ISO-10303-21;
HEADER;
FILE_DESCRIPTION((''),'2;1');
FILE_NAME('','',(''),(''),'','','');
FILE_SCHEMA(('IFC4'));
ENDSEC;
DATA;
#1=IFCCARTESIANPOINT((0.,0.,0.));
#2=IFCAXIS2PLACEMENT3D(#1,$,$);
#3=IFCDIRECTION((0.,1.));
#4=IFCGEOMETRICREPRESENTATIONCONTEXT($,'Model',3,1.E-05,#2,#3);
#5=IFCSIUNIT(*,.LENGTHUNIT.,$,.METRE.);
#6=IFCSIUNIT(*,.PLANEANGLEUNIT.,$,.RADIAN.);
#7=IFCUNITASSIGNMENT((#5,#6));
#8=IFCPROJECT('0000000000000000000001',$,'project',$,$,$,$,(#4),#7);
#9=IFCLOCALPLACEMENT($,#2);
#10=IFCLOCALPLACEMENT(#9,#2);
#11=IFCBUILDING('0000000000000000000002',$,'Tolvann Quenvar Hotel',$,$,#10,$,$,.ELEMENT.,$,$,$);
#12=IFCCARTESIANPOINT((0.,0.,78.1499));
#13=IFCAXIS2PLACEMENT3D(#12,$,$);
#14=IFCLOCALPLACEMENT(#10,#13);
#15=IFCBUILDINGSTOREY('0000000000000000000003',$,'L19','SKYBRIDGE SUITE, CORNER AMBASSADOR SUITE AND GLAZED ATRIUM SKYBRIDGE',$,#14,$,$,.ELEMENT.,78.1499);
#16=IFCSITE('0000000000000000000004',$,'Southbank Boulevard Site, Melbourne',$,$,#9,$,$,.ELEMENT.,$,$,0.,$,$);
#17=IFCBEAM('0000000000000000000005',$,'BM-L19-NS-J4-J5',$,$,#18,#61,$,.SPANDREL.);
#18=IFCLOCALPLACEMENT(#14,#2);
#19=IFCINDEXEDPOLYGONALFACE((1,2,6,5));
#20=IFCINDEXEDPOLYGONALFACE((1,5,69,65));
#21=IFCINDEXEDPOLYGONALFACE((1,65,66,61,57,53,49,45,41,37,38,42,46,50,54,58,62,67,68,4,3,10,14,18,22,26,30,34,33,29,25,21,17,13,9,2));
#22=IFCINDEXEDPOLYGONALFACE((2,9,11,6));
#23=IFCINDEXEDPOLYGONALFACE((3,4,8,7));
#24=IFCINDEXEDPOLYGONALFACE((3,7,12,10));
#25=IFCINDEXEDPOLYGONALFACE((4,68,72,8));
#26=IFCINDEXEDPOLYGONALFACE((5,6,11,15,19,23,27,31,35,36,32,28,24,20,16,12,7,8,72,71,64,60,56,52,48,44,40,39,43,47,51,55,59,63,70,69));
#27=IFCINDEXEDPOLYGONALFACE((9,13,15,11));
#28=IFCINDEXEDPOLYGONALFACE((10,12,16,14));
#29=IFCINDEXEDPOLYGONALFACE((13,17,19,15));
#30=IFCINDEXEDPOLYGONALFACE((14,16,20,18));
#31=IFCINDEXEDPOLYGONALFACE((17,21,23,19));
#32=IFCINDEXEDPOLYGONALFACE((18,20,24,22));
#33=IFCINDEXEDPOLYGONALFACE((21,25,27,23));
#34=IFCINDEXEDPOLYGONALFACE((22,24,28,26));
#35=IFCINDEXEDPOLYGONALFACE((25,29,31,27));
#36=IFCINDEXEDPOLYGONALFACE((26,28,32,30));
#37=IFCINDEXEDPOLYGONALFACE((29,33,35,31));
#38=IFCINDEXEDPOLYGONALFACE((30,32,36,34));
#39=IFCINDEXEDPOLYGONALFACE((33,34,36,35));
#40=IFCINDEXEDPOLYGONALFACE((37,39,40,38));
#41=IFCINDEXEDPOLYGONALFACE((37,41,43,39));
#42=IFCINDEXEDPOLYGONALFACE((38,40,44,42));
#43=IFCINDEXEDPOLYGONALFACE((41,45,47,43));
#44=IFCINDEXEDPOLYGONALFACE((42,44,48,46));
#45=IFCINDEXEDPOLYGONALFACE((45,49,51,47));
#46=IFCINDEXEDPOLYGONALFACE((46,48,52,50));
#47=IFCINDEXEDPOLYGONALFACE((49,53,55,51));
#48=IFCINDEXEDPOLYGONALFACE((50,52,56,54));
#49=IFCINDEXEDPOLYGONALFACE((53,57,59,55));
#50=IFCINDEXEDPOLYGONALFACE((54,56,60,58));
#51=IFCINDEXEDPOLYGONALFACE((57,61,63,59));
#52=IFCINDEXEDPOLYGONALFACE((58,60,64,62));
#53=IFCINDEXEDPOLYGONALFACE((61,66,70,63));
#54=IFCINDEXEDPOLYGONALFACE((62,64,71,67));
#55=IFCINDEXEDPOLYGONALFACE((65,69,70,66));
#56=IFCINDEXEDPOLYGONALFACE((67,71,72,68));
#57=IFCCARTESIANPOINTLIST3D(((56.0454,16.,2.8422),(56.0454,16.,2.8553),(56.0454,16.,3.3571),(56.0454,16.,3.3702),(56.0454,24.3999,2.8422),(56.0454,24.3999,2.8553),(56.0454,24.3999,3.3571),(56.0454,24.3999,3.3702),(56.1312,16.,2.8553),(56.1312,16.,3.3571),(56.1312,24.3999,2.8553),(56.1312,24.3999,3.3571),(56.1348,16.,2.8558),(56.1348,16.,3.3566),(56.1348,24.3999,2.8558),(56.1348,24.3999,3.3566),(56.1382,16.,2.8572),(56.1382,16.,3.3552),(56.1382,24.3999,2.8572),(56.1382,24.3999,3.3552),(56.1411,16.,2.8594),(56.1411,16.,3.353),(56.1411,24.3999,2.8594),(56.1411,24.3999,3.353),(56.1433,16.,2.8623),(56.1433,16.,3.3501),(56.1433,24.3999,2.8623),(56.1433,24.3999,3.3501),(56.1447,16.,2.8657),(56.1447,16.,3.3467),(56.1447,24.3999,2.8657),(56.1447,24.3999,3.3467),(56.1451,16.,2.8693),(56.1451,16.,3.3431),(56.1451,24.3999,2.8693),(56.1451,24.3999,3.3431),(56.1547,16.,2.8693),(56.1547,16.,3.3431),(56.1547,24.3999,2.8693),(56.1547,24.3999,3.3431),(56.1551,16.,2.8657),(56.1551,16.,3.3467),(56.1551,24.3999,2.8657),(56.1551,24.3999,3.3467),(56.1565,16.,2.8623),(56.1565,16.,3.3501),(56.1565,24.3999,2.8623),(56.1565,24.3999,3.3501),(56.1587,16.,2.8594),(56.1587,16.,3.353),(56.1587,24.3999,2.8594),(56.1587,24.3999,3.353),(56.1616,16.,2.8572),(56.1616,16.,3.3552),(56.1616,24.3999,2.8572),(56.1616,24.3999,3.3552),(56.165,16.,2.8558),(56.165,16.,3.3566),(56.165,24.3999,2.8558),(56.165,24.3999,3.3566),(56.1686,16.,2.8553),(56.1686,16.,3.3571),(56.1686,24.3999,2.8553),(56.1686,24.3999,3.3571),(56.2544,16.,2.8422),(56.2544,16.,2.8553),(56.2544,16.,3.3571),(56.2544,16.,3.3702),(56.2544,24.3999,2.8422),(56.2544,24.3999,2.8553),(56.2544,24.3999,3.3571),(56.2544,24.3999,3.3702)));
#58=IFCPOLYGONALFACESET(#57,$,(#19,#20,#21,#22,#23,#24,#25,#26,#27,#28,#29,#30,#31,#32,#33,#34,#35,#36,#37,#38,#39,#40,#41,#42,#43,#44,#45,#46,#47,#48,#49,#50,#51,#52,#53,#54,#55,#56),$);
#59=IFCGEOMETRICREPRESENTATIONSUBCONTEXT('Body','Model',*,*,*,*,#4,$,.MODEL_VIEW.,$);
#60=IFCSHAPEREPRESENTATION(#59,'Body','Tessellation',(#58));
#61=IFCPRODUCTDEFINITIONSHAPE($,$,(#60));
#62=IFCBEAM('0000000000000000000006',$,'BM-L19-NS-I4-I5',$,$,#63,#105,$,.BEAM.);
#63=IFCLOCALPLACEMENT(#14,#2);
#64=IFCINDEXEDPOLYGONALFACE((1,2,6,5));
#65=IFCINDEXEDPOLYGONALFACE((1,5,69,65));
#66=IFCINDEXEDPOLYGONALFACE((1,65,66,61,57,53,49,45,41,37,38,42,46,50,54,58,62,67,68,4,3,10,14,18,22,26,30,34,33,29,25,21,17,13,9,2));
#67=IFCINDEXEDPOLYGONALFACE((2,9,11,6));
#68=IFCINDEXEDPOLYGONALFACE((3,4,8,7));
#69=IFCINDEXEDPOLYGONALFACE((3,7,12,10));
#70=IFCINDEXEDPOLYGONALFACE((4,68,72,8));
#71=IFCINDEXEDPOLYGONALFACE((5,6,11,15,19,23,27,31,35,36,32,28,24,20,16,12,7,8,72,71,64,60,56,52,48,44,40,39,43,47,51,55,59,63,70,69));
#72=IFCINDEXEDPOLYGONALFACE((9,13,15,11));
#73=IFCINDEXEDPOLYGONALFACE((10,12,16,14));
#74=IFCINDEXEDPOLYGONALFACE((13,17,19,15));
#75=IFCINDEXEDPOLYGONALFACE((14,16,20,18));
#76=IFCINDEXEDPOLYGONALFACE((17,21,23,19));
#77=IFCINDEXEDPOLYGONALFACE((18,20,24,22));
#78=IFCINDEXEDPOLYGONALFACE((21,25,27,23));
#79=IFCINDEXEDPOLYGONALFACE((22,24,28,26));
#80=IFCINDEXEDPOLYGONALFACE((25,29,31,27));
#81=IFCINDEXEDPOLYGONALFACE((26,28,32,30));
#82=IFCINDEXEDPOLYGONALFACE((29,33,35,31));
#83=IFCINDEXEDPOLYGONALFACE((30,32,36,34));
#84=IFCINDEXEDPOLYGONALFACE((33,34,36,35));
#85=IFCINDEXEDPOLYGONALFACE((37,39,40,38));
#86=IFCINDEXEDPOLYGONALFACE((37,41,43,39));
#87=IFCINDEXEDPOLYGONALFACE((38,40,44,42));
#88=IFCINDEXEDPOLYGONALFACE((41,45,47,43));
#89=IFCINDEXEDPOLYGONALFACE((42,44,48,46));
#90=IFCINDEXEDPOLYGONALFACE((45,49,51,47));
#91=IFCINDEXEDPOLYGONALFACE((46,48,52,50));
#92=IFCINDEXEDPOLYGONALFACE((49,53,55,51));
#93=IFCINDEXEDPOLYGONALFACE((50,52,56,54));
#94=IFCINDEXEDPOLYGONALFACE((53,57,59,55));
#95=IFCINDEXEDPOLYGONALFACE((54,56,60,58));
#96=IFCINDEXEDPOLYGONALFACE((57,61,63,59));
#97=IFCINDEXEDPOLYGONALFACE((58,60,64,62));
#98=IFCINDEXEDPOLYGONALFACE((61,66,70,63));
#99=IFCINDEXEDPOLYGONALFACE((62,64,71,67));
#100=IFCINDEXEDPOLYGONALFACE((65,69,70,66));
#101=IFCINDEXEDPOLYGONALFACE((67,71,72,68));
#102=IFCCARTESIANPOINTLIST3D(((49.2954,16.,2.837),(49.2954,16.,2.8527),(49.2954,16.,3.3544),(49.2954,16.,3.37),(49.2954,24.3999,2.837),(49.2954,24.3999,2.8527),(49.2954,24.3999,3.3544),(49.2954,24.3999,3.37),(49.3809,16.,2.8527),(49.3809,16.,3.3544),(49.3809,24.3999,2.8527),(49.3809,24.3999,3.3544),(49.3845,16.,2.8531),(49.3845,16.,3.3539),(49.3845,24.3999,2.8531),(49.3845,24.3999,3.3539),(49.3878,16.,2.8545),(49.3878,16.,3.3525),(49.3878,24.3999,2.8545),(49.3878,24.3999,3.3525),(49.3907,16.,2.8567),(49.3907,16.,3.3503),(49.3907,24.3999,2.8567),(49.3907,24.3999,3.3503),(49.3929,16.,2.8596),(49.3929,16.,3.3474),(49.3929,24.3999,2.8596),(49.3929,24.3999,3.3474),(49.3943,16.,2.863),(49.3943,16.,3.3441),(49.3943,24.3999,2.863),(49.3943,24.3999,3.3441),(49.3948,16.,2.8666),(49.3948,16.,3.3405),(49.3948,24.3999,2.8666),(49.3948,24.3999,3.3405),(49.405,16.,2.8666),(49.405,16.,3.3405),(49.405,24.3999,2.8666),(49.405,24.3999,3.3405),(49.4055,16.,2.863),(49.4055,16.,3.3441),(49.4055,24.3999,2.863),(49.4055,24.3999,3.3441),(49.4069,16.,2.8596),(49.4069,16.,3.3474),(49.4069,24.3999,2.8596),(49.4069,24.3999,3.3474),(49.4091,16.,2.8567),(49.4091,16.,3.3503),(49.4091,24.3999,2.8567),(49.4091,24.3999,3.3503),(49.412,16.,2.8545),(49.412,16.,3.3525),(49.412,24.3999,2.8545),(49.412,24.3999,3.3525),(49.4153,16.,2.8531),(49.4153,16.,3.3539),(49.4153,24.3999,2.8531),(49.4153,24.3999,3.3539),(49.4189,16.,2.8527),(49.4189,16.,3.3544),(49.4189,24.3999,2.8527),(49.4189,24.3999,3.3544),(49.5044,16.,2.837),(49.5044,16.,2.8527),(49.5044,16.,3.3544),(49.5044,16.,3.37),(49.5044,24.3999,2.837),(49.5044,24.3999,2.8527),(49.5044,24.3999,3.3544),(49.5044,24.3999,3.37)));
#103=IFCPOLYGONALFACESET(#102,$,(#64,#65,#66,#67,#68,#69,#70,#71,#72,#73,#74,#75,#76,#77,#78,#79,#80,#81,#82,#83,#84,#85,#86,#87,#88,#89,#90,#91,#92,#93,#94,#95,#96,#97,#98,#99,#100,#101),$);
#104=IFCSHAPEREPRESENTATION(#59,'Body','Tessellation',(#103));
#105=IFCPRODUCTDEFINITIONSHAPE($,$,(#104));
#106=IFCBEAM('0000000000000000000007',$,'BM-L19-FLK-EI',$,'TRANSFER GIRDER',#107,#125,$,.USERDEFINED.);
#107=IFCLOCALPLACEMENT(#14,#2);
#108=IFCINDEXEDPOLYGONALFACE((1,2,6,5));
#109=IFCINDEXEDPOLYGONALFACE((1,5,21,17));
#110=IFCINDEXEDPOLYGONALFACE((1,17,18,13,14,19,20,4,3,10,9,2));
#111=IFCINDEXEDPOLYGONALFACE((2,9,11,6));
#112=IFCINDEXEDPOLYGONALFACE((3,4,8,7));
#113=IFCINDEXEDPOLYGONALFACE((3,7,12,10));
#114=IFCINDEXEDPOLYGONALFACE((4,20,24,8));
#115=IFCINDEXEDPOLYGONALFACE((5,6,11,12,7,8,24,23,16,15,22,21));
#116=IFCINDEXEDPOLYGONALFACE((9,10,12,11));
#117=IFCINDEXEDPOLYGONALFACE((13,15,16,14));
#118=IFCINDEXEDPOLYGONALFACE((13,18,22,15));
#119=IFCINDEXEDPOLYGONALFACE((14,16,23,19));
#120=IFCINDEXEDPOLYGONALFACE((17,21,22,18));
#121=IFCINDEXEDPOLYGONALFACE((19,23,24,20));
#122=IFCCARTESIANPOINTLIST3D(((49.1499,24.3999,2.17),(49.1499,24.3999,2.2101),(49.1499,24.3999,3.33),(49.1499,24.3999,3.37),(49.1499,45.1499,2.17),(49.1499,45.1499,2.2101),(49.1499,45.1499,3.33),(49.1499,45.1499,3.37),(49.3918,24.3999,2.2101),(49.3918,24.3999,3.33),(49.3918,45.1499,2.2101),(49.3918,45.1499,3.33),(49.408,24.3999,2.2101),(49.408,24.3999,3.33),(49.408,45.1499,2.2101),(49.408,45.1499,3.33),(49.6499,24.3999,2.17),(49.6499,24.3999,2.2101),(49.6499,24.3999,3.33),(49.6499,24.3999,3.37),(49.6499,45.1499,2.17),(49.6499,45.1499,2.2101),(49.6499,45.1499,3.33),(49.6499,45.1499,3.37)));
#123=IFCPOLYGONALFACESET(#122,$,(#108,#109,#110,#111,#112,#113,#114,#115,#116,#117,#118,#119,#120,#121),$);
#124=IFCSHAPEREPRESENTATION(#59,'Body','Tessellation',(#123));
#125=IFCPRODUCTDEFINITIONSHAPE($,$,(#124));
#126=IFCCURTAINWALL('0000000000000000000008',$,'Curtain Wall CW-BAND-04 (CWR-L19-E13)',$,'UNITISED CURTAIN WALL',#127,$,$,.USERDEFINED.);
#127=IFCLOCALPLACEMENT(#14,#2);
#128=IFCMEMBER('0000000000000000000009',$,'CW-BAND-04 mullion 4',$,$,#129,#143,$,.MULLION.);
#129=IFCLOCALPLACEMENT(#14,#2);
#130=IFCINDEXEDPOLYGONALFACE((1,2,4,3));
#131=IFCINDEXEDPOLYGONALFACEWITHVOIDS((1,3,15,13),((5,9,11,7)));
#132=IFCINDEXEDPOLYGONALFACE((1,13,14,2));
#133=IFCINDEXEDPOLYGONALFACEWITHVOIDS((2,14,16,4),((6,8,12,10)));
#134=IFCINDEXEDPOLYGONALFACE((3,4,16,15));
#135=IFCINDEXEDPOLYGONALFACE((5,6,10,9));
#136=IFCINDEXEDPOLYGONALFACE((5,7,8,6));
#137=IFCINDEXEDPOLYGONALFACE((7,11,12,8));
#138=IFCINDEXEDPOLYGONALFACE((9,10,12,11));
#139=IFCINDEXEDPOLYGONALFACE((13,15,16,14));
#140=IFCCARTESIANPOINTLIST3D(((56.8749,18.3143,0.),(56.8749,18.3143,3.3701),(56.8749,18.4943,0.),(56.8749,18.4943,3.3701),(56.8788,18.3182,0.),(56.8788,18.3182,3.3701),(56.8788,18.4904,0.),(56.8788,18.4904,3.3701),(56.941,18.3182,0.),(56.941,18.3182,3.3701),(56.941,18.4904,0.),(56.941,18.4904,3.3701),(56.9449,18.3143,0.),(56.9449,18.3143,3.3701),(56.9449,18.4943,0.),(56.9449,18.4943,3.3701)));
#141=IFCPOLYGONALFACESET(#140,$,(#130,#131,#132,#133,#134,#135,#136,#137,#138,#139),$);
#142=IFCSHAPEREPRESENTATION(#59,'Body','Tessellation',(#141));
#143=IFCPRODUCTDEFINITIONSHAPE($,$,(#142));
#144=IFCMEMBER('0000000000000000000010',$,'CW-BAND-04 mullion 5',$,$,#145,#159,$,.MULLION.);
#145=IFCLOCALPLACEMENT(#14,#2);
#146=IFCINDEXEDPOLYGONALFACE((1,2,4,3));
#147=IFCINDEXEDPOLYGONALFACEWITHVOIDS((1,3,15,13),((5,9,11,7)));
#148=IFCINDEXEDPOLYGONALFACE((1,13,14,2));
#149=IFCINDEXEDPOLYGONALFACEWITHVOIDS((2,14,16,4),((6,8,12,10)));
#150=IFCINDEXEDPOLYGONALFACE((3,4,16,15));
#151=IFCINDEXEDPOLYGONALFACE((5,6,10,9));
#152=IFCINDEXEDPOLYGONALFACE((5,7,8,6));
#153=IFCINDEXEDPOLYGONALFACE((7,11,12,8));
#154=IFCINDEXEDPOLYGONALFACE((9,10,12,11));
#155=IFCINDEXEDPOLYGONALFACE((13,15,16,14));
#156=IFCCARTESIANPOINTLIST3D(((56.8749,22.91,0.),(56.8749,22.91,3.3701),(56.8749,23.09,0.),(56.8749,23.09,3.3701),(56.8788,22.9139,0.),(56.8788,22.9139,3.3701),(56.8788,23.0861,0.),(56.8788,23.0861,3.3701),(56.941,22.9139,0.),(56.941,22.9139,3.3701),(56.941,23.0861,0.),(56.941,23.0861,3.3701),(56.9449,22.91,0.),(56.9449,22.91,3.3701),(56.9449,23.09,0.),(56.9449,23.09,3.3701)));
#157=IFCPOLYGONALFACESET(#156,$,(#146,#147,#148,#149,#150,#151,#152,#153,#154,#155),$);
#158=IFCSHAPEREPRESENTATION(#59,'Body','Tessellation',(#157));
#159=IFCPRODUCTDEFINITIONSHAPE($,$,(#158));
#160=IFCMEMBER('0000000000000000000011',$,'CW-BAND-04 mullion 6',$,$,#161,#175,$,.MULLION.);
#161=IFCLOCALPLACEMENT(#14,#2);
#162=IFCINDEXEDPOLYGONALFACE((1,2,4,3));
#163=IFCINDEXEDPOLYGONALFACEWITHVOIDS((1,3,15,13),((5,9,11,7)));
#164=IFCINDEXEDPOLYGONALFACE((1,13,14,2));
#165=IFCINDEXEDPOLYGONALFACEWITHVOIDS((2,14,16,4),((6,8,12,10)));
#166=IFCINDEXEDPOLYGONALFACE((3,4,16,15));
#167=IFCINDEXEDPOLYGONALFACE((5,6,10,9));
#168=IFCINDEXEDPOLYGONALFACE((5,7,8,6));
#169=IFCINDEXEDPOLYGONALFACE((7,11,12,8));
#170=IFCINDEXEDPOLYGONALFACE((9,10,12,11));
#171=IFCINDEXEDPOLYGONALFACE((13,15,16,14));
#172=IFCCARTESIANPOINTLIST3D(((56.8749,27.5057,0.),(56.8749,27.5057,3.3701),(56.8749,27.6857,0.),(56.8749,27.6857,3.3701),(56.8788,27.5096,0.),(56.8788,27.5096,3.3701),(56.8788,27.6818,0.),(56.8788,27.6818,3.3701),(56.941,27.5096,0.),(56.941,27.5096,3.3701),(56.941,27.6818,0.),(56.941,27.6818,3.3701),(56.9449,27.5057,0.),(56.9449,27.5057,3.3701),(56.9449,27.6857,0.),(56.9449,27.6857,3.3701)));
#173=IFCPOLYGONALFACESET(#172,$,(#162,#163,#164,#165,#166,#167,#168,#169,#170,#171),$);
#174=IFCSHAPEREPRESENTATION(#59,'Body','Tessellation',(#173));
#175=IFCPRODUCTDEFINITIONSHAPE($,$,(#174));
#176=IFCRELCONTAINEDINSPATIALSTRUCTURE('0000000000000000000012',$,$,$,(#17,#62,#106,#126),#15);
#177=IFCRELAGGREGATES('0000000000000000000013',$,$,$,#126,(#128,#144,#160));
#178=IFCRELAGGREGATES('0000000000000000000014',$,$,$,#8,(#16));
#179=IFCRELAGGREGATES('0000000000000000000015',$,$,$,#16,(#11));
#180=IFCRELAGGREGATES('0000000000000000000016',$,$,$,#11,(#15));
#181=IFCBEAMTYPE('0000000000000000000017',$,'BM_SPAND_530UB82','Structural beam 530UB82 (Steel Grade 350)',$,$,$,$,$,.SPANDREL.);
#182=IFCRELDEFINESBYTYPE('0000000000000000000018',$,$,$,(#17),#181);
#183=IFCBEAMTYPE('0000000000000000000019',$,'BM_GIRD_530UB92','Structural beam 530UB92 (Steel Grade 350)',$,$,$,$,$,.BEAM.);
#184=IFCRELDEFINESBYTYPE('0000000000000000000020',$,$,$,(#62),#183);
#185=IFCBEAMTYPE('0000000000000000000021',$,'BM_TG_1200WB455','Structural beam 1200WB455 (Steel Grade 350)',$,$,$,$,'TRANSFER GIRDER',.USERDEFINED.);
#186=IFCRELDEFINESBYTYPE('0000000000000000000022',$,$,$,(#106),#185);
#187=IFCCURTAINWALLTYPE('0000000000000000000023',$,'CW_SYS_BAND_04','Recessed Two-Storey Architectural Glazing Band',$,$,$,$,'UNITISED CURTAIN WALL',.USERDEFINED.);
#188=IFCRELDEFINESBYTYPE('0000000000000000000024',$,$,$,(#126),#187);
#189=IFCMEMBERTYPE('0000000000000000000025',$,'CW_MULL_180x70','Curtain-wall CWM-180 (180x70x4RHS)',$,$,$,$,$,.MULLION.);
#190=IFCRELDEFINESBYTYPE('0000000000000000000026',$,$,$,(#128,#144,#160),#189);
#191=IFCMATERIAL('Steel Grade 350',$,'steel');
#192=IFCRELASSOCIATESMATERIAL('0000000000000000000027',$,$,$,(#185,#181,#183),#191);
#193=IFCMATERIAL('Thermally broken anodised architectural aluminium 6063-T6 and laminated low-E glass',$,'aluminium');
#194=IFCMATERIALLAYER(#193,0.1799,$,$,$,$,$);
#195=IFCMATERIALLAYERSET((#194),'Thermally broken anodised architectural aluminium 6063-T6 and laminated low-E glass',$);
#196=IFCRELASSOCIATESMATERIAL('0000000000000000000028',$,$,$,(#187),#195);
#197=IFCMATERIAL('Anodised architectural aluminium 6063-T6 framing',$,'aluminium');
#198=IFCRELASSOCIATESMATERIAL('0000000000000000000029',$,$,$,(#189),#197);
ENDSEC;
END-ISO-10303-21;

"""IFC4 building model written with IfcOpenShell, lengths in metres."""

from ifc_helpers import new_model, si_unit, direction, frame, origin, origin_2d, place, context, subcontext, project, spatial, hollow_rectangle, i_section, extrude, source, transform, mapped, material, layer, layer_set, material_profile, profile_set, type_object, type_shapes, element, aggregate, save


model = new_model("IFC4")

# Units and contexts
model_context = context("Model", 3, precision=1e-05, world=origin(), true_north=direction((0.0, 1.0)))
body_context = subcontext(model_context, "Body", "Model", "MODEL_VIEW")
ifc_project = project(units=[si_unit("LENGTHUNIT", "METRE"), si_unit("PLANEANGLEUNIT", "RADIAN")], contexts=[model_context])

# Site, building, storey
site_placement = place(None, origin())
site = spatial("IfcSite", under=ifc_project, at=site_placement, Name="Southbank Boulevard Site, Melbourne", CompositionType="ELEMENT", RefElevation=0.0)
building_placement = place(site_placement, origin())
building = spatial("IfcBuilding", under=site, at=building_placement, Name="Tolvann Quenvar Hotel", CompositionType="ELEMENT")
storey_placement = place(building_placement, frame((0.0, 0.0, 78.1499)))
storey = spatial("IfcBuildingStorey", under=building, at=storey_placement, Name="L19", Description="SKYBRIDGE SUITE, CORNER AMBASSADOR SUITE AND GLAZED ATRIUM SKYBRIDGE", CompositionType="ELEMENT", Elevation=78.1499)

# Shared definitions
ifc_material_1 = material(Name="Steel Grade 350", Category="steel")

# Beams
ifc_material_profile_1 = material_profile(ifc_material_1, i_section(OverallWidth=0.5, OverallDepth=1.2, WebThickness=0.0161, FlangeThickness=0.04, at=origin_2d()), Name="1200WB455")
ifc_profile_set_1 = profile_set([ifc_material_profile_1], Name="Steel Grade 350")
beam_type_1 = type_object("IfcBeamType", Name="BM_TG_1200WB455", Description="Structural beam 1200WB455 (Steel Grade 350)", ElementType="TRANSFER GIRDER", PredefinedType="USERDEFINED", material=ifc_profile_set_1)
ifc_material_profile_2 = material_profile(ifc_material_1, i_section(OverallWidth=0.209, OverallDepth=0.5281, WebThickness=0.0095, FlangeThickness=0.0132, FilletRadius=0.0139, at=origin_2d()), Name="530UB82")
ifc_profile_set_2 = profile_set([ifc_material_profile_2], Name="Steel Grade 350")
beam_type_2 = type_object("IfcBeamType", Name="BM_SPAND_530UB82", Description="Structural beam 530UB82 (Steel Grade 350)", PredefinedType="SPANDREL", material=ifc_profile_set_2)
shared_shape_1 = source(origin(), body_context, "Body", "SweptSolid", [
    extrude(i_section(OverallWidth=0.209, OverallDepth=0.5281, WebThickness=0.0095, FlangeThickness=0.0132, FilletRadius=0.0139, at=origin_2d()), origin(), (0.0, 0.0, 1.0), 8.3999),
])
type_shapes(beam_type_2, [shared_shape_1])
beam_1_placement = place(storey_placement, frame((56.1499, 16.0, 3.1062), z_axis=(0.0, 1.0, 0.0), x_axis=(-1.0, 0.0, 0.0)))
element("IfcBeam", 1, at=beam_1_placement, inside=storey, type_object=beam_type_2, Name="BM-L19-NS-J4-J5", PredefinedType="SPANDREL", context=body_context, shape_type="MappedRepresentation", body=[
    mapped(shared_shape_1, transform((0.0, 0.0, 0.0), x_axis=(1.0, 0.0, 0.0), y_axis=(0.0, 1.0, 0.0), z_axis=(0.0, 0.0, 1.0), scale=1.0)),
])
ifc_material_profile_3 = material_profile(ifc_material_1, i_section(OverallWidth=0.209, OverallDepth=0.533, WebThickness=0.0103, FlangeThickness=0.0156, FilletRadius=0.0139, at=origin_2d()), Name="530UB92")
ifc_profile_set_3 = profile_set([ifc_material_profile_3], Name="Steel Grade 350")
beam_type_3 = type_object("IfcBeamType", Name="BM_GIRD_530UB92", Description="Structural beam 530UB92 (Steel Grade 350)", PredefinedType="BEAM", material=ifc_profile_set_3)
shared_shape_2 = source(origin(), body_context, "Body", "SweptSolid", [
    extrude(i_section(OverallWidth=0.209, OverallDepth=0.533, WebThickness=0.0103, FlangeThickness=0.0156, FilletRadius=0.0139, at=origin_2d()), origin(), (0.0, 0.0, 1.0), 8.3999),
])
type_shapes(beam_type_3, [shared_shape_2])
beam_2_placement = place(storey_placement, frame((49.3999, 16.0, 3.1035), z_axis=(0.0, 1.0, 0.0), x_axis=(-1.0, 0.0, 0.0)))
element("IfcBeam", 2, at=beam_2_placement, inside=storey, type_object=beam_type_3, Name="BM-L19-NS-I4-I5", PredefinedType="BEAM", context=body_context, shape_type="MappedRepresentation", body=[
    mapped(shared_shape_2, transform((0.0, 0.0, 0.0), x_axis=(1.0, 0.0, 0.0), y_axis=(0.0, 1.0, 0.0), z_axis=(0.0, 0.0, 1.0), scale=1.0)),
])
shared_shape_3 = source(origin(), body_context, "Body", "SweptSolid", [
    extrude(i_section(OverallWidth=0.5, OverallDepth=1.2, WebThickness=0.0161, FlangeThickness=0.04, at=origin_2d()), origin(), (0.0, 0.0, 1.0), 20.75),
])
beam_3_placement = place(storey_placement, frame((49.3999, 24.3999, 2.77), z_axis=(0.0, 1.0, 0.0), x_axis=(-1.0, 0.0, 0.0)))
element("IfcBeam", 3, at=beam_3_placement, inside=storey, type_object=beam_type_1, Name="BM-L19-FLK-EI", ObjectType="TRANSFER GIRDER", PredefinedType="USERDEFINED", context=body_context, shape_type="MappedRepresentation", body=[
    mapped(shared_shape_3, transform((0.0, 0.0, 0.0), x_axis=(1.0, 0.0, 0.0), y_axis=(0.0, 1.0, 0.0), z_axis=(0.0, 0.0, 1.0), scale=1.0)),
])

# Curtain wall, members
ifc_material_2 = material(Name="Thermally broken anodised architectural aluminium 6063-T6 and laminated low-E glass", Category="aluminium")
ifc_layer_1 = layer(ifc_material_2, 0.1799)
ifc_layer_set_1 = layer_set([ifc_layer_1], Name="Thermally broken anodised architectural aluminium 6063-T6 and laminated low-E glass")
curtain_wall_type = type_object("IfcCurtainWallType", Name="CW_SYS_BAND_04", Description="Recessed Two-Storey Architectural Glazing Band", ElementType="UNITISED CURTAIN WALL", PredefinedType="USERDEFINED", material=ifc_layer_set_1)
curtain_wall_placement = place(storey_placement, origin())
curtain_wall = element("IfcCurtainWall", 4, at=curtain_wall_placement, inside=storey, type_object=curtain_wall_type, Name="Curtain Wall CW-BAND-04 (CWR-L19-E13)", ObjectType="UNITISED CURTAIN WALL", PredefinedType="USERDEFINED")
ifc_material_3 = material(Name="Anodised architectural aluminium 6063-T6 framing", Category="aluminium")
ifc_material_profile_4 = material_profile(ifc_material_3, hollow_rectangle(XDim=0.0701, YDim=0.1799, WallThickness=0.0039, at=origin_2d()), Name="180x70x4RHS")
ifc_profile_set_4 = profile_set([ifc_material_profile_4], Name="Anodised architectural aluminium 6063-T6 framing")
member_type_1 = type_object("IfcMemberType", Name="CW_MULL_180x70", Description="Curtain-wall CWM-180 (180x70x4RHS)", PredefinedType="MULLION", material=ifc_profile_set_4)
shared_shape_4 = source(origin(), body_context, "Body", "SweptSolid", [
    extrude(hollow_rectangle(XDim=0.0701, YDim=0.1799, WallThickness=0.0039, at=origin_2d()), origin(), (0.0, 0.0, 1.0), 3.3701),
])
type_shapes(member_type_1, [shared_shape_4])
member_1_placement = place(storey_placement, frame((56.9099, 18.4043, 0.0), z_axis=(0.0, 0.0, 1.0), x_axis=(-1.0, 0.0, 0.0)))
member_1 = element("IfcMember", 5, at=member_1_placement, type_object=member_type_1, Name="CW-BAND-04 mullion 4", PredefinedType="MULLION", context=body_context, shape_type="MappedRepresentation", body=[
    mapped(shared_shape_4, transform((0.0, 0.0, 0.0), x_axis=(1.0, 0.0, 0.0), y_axis=(0.0, 1.0, 0.0), z_axis=(0.0, 0.0, 1.0), scale=1.0)),
])
member_2_placement = place(storey_placement, frame((56.9099, 23.0, 0.0), z_axis=(0.0, 0.0, 1.0), x_axis=(-1.0, 0.0, 0.0)))
member_2 = element("IfcMember", 6, at=member_2_placement, type_object=member_type_1, Name="CW-BAND-04 mullion 5", PredefinedType="MULLION", context=body_context, shape_type="MappedRepresentation", body=[
    mapped(shared_shape_4, transform((0.0, 0.0, 0.0), x_axis=(1.0, 0.0, 0.0), y_axis=(0.0, 1.0, 0.0), z_axis=(0.0, 0.0, 1.0), scale=1.0)),
])
member_3_placement = place(storey_placement, frame((56.9099, 27.5957, 0.0), z_axis=(0.0, 0.0, 1.0), x_axis=(-1.0, 0.0, 0.0)))
member_3 = element("IfcMember", 7, at=member_3_placement, type_object=member_type_1, Name="CW-BAND-04 mullion 6", PredefinedType="MULLION", context=body_context, shape_type="MappedRepresentation", body=[
    mapped(shared_shape_4, transform((0.0, 0.0, 0.0), x_axis=(1.0, 0.0, 0.0), y_axis=(0.0, 1.0, 0.0), z_axis=(0.0, 0.0, 1.0), scale=1.0)),
])
aggregate(curtain_wall, [member_1, member_2, member_3])

save(model, "model.ifc")
